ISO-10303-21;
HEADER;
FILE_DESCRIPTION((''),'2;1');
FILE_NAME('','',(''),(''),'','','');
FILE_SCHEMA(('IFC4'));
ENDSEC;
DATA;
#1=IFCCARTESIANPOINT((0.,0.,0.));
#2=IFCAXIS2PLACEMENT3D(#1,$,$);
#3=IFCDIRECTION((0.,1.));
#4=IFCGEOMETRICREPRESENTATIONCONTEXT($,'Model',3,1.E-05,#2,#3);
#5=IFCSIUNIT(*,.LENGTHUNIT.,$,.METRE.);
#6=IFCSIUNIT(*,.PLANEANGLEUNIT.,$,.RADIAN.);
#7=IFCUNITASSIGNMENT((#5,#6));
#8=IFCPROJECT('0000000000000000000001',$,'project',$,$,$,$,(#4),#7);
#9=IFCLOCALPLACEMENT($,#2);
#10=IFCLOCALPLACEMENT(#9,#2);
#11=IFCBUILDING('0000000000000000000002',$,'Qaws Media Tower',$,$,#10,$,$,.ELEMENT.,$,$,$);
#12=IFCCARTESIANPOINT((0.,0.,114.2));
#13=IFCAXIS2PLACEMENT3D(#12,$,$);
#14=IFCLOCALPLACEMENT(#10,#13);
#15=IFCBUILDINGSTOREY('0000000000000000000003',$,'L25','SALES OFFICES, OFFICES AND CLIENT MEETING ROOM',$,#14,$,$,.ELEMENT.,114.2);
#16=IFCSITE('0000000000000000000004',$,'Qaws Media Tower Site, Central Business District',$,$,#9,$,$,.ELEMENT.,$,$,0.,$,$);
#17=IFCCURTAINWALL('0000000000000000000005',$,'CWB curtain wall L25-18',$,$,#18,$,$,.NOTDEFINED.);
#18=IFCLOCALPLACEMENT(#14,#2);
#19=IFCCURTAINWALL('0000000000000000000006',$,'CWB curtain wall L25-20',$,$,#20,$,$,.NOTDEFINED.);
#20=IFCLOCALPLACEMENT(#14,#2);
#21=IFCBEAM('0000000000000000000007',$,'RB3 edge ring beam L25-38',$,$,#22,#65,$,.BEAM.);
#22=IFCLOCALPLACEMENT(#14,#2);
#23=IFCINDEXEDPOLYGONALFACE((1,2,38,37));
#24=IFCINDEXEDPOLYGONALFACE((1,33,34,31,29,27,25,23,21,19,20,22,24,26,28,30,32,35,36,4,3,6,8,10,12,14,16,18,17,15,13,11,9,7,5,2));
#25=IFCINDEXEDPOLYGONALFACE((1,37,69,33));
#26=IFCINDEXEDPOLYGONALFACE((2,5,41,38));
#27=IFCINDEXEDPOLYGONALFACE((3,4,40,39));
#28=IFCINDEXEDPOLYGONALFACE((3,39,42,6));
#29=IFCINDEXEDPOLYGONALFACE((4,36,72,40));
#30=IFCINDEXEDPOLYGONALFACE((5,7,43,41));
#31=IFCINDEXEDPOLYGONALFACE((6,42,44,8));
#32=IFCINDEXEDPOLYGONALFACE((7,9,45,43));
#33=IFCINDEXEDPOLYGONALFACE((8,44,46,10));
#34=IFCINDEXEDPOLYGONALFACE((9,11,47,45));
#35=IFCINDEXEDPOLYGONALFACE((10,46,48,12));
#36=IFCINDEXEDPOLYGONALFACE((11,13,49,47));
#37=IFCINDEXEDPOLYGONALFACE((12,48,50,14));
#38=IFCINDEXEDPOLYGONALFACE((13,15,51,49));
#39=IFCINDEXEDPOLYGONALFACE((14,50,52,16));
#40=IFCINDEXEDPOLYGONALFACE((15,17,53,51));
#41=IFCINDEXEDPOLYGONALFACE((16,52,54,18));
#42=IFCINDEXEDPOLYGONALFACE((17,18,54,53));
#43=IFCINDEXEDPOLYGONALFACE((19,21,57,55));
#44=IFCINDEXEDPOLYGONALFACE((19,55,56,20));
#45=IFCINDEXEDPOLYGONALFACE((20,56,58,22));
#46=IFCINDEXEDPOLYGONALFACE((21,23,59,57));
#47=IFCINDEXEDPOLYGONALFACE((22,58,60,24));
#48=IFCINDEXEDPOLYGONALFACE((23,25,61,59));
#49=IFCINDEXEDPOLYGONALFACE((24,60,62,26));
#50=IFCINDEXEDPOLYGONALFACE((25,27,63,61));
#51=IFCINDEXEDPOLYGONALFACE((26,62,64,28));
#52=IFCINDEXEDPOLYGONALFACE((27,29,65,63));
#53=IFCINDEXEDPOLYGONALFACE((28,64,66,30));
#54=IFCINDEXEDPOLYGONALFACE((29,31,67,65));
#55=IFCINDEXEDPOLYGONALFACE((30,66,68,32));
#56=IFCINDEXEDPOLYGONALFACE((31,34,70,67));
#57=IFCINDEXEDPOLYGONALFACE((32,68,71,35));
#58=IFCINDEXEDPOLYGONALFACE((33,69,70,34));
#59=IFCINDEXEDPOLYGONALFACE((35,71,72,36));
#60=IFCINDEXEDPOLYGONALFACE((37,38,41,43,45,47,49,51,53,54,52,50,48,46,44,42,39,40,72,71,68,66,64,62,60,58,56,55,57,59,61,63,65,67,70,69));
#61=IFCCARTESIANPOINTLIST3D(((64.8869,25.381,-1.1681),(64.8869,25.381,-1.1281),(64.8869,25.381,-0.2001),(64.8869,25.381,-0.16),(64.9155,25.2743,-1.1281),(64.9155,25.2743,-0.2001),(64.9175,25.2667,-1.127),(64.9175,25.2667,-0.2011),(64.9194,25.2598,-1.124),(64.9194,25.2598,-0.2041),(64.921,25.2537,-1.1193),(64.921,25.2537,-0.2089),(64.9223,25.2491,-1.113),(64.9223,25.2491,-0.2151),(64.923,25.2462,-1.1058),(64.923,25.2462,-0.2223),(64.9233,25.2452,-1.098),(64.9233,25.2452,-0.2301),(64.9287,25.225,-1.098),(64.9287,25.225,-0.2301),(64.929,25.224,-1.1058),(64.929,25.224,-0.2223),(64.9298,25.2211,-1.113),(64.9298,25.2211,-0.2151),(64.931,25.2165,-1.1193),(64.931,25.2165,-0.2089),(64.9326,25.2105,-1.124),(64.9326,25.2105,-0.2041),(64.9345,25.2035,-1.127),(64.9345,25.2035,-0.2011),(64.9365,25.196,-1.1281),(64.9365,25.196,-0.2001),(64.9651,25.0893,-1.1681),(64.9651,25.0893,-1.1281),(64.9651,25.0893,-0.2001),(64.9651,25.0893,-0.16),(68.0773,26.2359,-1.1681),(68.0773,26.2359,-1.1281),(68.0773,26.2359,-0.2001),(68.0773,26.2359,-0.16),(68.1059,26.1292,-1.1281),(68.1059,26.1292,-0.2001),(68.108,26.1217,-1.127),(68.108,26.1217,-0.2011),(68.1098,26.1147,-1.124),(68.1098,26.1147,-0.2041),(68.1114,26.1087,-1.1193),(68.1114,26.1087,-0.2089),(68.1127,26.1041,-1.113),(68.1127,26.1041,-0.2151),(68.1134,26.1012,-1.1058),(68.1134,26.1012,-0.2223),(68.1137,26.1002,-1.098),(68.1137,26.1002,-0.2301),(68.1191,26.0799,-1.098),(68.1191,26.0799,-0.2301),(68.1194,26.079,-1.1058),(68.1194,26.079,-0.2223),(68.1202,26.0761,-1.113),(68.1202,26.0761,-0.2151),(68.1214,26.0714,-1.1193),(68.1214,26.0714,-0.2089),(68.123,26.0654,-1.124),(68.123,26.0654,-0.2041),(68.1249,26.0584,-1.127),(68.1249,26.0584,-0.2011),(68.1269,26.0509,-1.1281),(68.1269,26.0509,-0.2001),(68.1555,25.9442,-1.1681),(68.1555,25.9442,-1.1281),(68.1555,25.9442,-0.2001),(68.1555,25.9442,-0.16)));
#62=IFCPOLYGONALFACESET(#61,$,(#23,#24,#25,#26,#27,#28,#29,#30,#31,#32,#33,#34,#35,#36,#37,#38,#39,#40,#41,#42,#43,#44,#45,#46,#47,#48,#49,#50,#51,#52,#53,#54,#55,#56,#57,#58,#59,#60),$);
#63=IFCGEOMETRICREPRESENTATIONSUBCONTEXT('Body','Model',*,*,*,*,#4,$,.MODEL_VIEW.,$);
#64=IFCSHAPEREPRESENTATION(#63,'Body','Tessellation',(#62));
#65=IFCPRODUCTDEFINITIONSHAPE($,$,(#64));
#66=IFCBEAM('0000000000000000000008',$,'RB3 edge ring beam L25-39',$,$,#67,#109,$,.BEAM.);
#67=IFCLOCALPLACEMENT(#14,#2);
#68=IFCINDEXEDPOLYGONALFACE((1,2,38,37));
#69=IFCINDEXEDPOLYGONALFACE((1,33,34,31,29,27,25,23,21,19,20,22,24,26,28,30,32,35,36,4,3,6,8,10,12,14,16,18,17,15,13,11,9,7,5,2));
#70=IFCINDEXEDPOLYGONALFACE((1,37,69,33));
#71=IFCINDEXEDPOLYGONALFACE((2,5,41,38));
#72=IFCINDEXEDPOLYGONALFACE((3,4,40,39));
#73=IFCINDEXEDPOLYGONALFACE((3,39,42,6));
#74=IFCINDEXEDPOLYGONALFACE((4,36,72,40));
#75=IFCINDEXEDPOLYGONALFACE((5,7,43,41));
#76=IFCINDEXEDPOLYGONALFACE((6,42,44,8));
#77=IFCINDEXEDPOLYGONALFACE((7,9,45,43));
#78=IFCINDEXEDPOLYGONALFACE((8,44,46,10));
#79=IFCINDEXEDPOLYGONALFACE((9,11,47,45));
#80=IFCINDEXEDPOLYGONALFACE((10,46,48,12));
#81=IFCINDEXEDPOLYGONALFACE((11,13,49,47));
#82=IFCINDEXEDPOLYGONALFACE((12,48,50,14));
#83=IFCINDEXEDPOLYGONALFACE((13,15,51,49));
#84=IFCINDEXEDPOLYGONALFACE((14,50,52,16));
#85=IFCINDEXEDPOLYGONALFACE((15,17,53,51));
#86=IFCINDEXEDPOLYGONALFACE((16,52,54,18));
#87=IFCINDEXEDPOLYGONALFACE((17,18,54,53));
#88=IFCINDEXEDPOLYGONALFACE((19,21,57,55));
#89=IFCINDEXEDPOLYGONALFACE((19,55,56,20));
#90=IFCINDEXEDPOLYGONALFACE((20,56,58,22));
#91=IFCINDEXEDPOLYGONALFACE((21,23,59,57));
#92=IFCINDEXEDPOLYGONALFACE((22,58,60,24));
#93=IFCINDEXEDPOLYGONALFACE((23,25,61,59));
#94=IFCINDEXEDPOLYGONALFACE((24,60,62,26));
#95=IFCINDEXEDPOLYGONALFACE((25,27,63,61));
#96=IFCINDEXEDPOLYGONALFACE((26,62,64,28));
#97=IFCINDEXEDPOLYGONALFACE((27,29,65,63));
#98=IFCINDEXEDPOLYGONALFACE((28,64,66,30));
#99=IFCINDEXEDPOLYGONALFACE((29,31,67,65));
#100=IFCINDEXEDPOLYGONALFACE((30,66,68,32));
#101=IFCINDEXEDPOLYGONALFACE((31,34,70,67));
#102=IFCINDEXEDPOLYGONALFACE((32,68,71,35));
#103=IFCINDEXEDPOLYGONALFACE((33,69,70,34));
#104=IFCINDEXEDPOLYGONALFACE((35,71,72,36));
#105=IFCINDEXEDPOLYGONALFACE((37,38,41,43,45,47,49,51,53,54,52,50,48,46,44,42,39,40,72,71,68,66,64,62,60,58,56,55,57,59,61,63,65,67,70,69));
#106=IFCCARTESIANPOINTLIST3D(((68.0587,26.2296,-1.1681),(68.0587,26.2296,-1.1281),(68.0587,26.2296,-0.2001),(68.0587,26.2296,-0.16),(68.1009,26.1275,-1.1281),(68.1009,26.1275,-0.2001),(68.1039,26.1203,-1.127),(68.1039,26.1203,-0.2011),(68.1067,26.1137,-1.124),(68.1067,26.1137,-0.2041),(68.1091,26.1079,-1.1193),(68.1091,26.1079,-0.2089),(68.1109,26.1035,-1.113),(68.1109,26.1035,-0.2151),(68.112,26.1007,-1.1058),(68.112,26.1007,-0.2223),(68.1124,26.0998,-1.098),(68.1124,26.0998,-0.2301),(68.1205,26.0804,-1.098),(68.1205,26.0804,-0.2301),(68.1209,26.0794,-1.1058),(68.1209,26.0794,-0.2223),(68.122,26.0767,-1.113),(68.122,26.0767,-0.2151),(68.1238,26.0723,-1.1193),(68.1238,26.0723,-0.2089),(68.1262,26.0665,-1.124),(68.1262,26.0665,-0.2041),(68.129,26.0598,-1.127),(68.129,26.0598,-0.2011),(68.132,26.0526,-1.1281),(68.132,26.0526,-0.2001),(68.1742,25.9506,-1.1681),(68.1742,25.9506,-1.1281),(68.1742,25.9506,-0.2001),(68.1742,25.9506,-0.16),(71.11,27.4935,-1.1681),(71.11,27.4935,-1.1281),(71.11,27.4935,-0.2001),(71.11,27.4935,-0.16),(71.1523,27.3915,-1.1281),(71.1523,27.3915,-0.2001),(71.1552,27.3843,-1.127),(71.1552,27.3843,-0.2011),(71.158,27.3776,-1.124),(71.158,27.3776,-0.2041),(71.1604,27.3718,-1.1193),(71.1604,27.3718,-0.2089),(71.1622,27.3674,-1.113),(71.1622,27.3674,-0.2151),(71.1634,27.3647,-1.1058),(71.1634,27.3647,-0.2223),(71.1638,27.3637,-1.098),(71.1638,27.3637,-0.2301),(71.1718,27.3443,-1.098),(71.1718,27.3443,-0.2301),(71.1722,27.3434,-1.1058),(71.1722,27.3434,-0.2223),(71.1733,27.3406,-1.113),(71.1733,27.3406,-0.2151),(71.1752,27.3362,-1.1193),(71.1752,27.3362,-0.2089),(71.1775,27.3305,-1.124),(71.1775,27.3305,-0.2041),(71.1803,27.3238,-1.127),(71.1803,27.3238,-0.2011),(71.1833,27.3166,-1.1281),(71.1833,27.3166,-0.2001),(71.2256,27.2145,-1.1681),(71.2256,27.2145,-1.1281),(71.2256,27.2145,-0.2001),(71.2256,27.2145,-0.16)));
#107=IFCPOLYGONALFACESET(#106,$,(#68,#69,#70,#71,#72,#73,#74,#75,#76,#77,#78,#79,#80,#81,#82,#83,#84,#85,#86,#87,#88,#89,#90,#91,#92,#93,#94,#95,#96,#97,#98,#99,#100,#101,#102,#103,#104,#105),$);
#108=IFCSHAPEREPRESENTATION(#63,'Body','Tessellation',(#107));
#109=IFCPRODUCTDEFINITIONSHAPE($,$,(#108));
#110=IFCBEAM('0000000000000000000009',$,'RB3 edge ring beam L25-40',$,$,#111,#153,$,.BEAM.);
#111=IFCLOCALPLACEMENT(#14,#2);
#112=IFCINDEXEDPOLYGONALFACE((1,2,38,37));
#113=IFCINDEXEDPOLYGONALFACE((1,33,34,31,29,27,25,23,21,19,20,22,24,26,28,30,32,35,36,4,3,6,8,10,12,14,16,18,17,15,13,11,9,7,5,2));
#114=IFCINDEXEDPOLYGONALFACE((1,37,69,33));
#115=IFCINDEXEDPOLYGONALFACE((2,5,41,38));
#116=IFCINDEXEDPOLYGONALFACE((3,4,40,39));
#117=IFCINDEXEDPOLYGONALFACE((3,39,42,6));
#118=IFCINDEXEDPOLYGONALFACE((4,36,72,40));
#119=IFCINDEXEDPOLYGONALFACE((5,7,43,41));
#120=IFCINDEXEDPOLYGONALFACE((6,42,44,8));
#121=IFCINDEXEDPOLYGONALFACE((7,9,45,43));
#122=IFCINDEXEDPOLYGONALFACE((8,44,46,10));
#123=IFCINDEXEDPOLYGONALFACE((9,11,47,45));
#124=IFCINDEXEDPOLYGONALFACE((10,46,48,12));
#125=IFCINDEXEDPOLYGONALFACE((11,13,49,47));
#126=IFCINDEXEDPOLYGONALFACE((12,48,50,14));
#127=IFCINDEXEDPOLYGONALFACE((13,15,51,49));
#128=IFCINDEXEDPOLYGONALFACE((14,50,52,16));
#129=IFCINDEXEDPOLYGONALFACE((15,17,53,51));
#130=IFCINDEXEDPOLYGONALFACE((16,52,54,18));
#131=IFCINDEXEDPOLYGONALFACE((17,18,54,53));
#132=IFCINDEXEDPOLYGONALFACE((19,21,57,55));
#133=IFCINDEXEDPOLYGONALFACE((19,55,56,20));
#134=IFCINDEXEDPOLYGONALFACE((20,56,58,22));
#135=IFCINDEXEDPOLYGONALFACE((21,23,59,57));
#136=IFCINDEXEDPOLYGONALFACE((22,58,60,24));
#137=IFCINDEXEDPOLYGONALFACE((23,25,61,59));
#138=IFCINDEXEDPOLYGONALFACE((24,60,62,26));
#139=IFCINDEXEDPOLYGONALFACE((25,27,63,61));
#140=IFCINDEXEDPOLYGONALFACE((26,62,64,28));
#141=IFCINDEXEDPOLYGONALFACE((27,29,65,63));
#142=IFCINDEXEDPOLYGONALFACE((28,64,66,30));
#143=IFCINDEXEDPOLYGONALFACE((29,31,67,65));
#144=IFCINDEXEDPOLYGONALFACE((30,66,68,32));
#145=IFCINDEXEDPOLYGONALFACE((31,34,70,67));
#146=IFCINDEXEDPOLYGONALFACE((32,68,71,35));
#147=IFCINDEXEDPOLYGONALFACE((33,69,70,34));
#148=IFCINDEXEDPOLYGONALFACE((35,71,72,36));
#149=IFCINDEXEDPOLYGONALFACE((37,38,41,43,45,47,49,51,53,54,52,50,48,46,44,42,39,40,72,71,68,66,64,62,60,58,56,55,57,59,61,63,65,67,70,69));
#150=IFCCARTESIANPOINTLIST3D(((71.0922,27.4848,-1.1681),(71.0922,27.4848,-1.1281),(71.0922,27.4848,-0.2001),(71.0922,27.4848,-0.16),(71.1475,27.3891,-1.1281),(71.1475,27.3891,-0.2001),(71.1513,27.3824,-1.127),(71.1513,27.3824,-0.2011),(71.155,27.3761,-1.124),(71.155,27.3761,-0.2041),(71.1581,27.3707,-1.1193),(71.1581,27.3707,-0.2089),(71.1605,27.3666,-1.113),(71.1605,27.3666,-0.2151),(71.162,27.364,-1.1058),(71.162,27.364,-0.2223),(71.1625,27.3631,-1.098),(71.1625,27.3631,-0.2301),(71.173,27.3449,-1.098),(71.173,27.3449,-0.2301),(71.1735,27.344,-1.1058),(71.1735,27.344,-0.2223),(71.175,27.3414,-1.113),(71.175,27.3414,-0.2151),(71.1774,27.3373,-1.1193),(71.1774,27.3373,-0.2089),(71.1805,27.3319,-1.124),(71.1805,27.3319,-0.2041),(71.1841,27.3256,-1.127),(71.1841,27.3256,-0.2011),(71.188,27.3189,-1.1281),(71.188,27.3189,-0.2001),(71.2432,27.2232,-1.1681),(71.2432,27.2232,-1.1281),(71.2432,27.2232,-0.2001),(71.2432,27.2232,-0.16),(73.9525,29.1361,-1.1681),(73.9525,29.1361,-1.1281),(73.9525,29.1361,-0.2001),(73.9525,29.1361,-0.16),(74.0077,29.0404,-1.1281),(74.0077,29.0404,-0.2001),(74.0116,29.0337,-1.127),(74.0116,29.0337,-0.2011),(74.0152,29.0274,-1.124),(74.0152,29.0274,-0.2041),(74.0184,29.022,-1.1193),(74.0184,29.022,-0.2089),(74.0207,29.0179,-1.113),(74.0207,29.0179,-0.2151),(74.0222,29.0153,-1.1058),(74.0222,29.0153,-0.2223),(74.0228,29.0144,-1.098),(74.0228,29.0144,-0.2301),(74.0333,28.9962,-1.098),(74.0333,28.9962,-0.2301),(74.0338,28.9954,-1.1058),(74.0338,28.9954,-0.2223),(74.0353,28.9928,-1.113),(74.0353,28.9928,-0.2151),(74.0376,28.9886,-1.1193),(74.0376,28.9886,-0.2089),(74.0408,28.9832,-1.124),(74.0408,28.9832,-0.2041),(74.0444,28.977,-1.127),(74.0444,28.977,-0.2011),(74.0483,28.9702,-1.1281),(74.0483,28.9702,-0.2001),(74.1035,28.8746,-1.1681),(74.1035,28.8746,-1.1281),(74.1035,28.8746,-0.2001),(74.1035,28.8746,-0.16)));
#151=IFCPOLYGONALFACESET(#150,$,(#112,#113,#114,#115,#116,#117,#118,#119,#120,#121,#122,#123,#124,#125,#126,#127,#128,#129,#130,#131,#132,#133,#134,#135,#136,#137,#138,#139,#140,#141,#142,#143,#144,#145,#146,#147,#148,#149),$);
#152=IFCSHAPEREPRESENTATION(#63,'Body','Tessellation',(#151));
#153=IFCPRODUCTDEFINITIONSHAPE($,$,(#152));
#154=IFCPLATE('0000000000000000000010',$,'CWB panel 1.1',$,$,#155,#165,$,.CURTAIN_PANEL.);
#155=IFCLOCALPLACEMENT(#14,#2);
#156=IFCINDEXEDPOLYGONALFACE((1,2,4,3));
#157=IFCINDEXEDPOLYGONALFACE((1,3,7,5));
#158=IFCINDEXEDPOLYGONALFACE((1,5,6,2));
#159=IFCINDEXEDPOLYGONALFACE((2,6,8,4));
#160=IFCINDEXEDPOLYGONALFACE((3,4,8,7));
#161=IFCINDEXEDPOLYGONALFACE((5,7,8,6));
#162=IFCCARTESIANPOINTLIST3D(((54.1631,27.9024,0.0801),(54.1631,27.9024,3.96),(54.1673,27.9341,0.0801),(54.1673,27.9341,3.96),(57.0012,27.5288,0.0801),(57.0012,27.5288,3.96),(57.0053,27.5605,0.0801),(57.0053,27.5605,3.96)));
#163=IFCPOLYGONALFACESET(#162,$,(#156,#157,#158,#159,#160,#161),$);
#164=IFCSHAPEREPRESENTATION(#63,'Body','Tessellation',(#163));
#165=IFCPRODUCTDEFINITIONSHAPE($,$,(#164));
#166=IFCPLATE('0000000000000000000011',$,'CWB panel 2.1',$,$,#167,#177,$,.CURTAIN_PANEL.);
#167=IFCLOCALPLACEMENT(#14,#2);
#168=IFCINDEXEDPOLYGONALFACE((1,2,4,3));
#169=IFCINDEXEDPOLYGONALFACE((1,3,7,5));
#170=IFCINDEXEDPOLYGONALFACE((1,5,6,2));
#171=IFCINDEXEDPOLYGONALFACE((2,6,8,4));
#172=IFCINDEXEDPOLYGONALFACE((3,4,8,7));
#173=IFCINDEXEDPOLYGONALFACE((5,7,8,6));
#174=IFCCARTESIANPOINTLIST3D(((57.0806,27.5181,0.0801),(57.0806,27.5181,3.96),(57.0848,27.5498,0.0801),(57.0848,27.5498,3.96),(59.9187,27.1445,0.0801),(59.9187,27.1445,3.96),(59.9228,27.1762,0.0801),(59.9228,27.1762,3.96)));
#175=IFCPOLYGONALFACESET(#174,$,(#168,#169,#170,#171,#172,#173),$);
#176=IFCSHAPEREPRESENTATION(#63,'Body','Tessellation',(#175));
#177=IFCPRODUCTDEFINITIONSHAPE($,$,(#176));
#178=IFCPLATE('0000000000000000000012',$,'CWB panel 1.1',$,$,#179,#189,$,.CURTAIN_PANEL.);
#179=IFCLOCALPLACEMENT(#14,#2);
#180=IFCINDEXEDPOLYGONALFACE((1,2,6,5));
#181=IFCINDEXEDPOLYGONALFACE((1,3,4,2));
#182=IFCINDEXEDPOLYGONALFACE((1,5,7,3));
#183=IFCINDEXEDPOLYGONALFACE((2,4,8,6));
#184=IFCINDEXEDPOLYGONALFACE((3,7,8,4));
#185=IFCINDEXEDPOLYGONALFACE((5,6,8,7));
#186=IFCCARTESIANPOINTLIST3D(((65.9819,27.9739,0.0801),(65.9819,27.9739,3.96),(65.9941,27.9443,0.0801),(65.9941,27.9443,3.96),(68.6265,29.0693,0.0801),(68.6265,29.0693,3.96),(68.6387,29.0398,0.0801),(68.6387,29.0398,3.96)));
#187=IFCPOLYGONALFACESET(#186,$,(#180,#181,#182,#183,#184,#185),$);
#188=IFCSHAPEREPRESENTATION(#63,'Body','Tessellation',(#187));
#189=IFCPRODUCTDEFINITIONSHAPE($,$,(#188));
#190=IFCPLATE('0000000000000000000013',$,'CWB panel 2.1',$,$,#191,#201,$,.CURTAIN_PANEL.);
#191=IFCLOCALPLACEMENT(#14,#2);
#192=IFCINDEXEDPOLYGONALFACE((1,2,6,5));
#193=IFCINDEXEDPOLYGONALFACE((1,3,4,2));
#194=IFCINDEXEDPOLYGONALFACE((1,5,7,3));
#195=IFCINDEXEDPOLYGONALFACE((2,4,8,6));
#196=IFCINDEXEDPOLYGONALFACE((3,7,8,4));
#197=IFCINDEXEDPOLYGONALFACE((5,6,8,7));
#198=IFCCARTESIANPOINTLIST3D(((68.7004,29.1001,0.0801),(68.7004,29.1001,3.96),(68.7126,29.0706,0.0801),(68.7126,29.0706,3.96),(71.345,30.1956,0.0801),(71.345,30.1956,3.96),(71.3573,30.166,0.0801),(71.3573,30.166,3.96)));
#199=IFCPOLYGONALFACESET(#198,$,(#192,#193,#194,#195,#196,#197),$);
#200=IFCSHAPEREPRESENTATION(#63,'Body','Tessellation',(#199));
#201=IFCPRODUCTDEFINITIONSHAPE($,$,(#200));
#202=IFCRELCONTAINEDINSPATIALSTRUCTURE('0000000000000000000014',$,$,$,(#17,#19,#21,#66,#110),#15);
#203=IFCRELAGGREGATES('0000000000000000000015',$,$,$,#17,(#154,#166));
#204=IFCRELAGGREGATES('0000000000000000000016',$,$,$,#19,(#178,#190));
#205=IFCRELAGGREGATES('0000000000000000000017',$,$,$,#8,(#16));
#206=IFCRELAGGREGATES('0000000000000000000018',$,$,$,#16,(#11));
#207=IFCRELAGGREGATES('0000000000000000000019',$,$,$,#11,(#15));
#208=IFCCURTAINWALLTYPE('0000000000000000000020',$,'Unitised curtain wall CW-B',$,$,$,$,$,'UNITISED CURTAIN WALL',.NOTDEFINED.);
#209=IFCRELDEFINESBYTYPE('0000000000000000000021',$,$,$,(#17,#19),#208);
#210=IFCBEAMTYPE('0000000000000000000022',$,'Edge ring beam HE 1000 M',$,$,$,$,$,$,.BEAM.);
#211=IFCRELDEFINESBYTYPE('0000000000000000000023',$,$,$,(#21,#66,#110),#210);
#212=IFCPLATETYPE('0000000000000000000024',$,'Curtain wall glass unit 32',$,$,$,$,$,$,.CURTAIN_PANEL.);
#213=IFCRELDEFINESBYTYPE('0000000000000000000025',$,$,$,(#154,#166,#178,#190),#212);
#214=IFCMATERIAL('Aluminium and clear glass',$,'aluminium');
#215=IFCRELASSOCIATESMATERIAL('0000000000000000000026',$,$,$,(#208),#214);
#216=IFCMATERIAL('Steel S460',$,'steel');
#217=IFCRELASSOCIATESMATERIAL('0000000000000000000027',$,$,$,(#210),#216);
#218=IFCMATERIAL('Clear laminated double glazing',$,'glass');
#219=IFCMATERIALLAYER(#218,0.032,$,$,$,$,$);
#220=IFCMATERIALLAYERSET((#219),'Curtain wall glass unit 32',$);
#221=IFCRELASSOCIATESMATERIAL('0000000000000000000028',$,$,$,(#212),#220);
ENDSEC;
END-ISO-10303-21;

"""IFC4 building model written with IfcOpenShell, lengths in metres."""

from ifc_helpers import new_model, si_unit, direction, frame, origin, origin_2d, place, context, subcontext, project, spatial, rectangle, i_section, extrude, material, layer, layer_set, material_profile, profile_set, type_object, element, aggregate, save


model = new_model("IFC4")

# Units and contexts
model_context = context("Model", 3, precision=1e-05, world=origin(), true_north=direction((0.0, 1.0)))
body_context = subcontext(model_context, "Body", "Model", "MODEL_VIEW")
ifc_project = project(units=[si_unit("LENGTHUNIT", "METRE"), si_unit("PLANEANGLEUNIT", "RADIAN")], contexts=[model_context])

# Site, building, storey
site_placement = place(None, origin())
site = spatial("IfcSite", under=ifc_project, at=site_placement, Name="Qaws Media Tower Site, Central Business District", CompositionType="ELEMENT", RefElevation=0.0)
building_placement = place(site_placement, origin())
building = spatial("IfcBuilding", under=site, at=building_placement, Name="Qaws Media Tower", CompositionType="ELEMENT")
storey_placement = place(building_placement, frame((0.0, 0.0, 114.2)))
storey = spatial("IfcBuildingStorey", under=building, at=storey_placement, Name="L25", Description="SALES OFFICES, OFFICES AND CLIENT MEETING ROOM", CompositionType="ELEMENT", Elevation=114.2)

# Curtain walls
ifc_material_1 = material(Name="Aluminium and clear glass", Category="aluminium")
curtain_wall_type = type_object("IfcCurtainWallType", Name="Unitised curtain wall CW-B", ElementType="UNITISED CURTAIN WALL", PredefinedType="NOTDEFINED", material=ifc_material_1)
curtain_wall_1_placement = place(storey_placement, origin())
curtain_wall_1 = element("IfcCurtainWall", 1, at=curtain_wall_1_placement, inside=storey, type_object=curtain_wall_type, Name="CWB curtain wall L25-18", PredefinedType="NOTDEFINED")
curtain_wall_2_placement = place(storey_placement, origin())
curtain_wall_2 = element("IfcCurtainWall", 2, at=curtain_wall_2_placement, inside=storey, type_object=curtain_wall_type, Name="CWB curtain wall L25-20", PredefinedType="NOTDEFINED")

# Beams
ifc_material_2 = material(Name="Steel S460", Category="steel")
ifc_material_profile_1 = material_profile(ifc_material_2, i_section(OverallWidth=0.302, OverallDepth=1.0081, WebThickness=0.021, FlangeThickness=0.04, FilletRadius=0.03, at=origin_2d()), Name="HE 1000 M")
ifc_profile_set_1 = profile_set([ifc_material_profile_1], Name="Steel S460")
beam_type = type_object("IfcBeamType", Name="Edge ring beam HE 1000 M", PredefinedType="BEAM", material=ifc_profile_set_1)
for number, where, z_axis, x_axis, name in (
    (3, (64.926, 25.2351, -0.6641), (0.965918, 0.258849, 0.0), (-0.258849, 0.965918, 0.0), "RB3 edge ring beam L25-38"),
):
    element("IfcBeam", number, at=place(storey_placement, frame(where, z_axis=z_axis, x_axis=x_axis)), inside=storey, type_object=beam_type, Name=name, PredefinedType="BEAM", context=body_context, shape_type="SweptSolid", body=[
        extrude(i_section(OverallWidth=0.302, OverallDepth=1.0081, WebThickness=0.021, FlangeThickness=0.04, FilletRadius=0.03, at=origin_2d()), origin(), (0.0, 0.0, 1.0), 3.303),
    ])
for number, where, z_axis, x_axis, name in (
    (4, (68.1165, 26.0901, -0.6641), (0.923875, 0.382693, 0.0), (-0.382693, 0.923875, 0.0), "RB3 edge ring beam L25-39"),
    (5, (71.1677, 27.354, -0.6641), (0.866033, 0.499987, 0.0), (-0.499987, 0.866033, 0.0), "RB3 edge ring beam L25-40"),
):
    element("IfcBeam", number, at=place(storey_placement, frame(where, z_axis=z_axis, x_axis=x_axis)), inside=storey, type_object=beam_type, Name=name, PredefinedType="BEAM", context=body_context, shape_type="SweptSolid", body=[
        extrude(i_section(OverallWidth=0.302, OverallDepth=1.0081, WebThickness=0.021, FlangeThickness=0.04, FilletRadius=0.03, at=origin_2d()), origin(), (0.0, 0.0, 1.0), 3.3027),
    ])

# Plates
ifc_material_3 = material(Name="Clear laminated double glazing", Category="glass")
ifc_layer_1 = layer(ifc_material_3, 0.032)
ifc_layer_set_1 = layer_set([ifc_layer_1], Name="Curtain wall glass unit 32")
plate_type_1 = type_object("IfcPlateType", Name="Curtain wall glass unit 32", PredefinedType="CURTAIN_PANEL", material=ifc_layer_set_1)
plate_1_placement = place(storey_placement, frame((55.5842, 27.7314, 0.0801), z_axis=(0.0, 0.0, 1.0), x_axis=(0.991445, -0.130526, 0.0)))
plate_1 = element("IfcPlate", 6, at=plate_1_placement, type_object=plate_type_1, Name="CWB panel 1.1", PredefinedType="CURTAIN_PANEL", context=body_context, shape_type="SweptSolid", body=[
    extrude(rectangle(XDim=2.8625, YDim=0.032, at=origin_2d()), origin(), (0.0, 0.0, 1.0), 3.8799),
])
plate_2_placement = place(storey_placement, frame((58.5017, 27.3472, 0.0801), z_axis=(0.0, 0.0, 1.0), x_axis=(0.991445, -0.130526, 0.0)))
plate_2 = element("IfcPlate", 7, at=plate_2_placement, type_object=plate_type_1, Name="CWB panel 2.1", PredefinedType="CURTAIN_PANEL", context=body_context, shape_type="SweptSolid", body=[
    extrude(rectangle(XDim=2.8625, YDim=0.032, at=origin_2d()), origin(), (0.0, 0.0, 1.0), 3.8799),
])
aggregate(curtain_wall_1, [plate_1, plate_2])
plate_3_placement = place(storey_placement, frame((67.3103, 28.5068, 0.0801), z_axis=(0.0, 0.0, 1.0), x_axis=(0.92388, 0.382683, 0.0)))
plate_3 = element("IfcPlate", 8, at=plate_3_placement, type_object=plate_type_1, Name="CWB panel 1.1", PredefinedType="CURTAIN_PANEL", context=body_context, shape_type="SweptSolid", body=[
    extrude(rectangle(XDim=2.8625, YDim=0.032, at=origin_2d()), origin(), (0.0, 0.0, 1.0), 3.8799),
])
plate_4_placement = place(storey_placement, frame((70.0288, 29.6331, 0.0801), z_axis=(0.0, 0.0, 1.0), x_axis=(0.92388, 0.382683, 0.0)))
plate_4 = element("IfcPlate", 9, at=plate_4_placement, type_object=plate_type_1, Name="CWB panel 2.1", PredefinedType="CURTAIN_PANEL", context=body_context, shape_type="SweptSolid", body=[
    extrude(rectangle(XDim=2.8625, YDim=0.032, at=origin_2d()), origin(), (0.0, 0.0, 1.0), 3.8799),
])
aggregate(curtain_wall_2, [plate_3, plate_4])

save(model, "model.ifc")
